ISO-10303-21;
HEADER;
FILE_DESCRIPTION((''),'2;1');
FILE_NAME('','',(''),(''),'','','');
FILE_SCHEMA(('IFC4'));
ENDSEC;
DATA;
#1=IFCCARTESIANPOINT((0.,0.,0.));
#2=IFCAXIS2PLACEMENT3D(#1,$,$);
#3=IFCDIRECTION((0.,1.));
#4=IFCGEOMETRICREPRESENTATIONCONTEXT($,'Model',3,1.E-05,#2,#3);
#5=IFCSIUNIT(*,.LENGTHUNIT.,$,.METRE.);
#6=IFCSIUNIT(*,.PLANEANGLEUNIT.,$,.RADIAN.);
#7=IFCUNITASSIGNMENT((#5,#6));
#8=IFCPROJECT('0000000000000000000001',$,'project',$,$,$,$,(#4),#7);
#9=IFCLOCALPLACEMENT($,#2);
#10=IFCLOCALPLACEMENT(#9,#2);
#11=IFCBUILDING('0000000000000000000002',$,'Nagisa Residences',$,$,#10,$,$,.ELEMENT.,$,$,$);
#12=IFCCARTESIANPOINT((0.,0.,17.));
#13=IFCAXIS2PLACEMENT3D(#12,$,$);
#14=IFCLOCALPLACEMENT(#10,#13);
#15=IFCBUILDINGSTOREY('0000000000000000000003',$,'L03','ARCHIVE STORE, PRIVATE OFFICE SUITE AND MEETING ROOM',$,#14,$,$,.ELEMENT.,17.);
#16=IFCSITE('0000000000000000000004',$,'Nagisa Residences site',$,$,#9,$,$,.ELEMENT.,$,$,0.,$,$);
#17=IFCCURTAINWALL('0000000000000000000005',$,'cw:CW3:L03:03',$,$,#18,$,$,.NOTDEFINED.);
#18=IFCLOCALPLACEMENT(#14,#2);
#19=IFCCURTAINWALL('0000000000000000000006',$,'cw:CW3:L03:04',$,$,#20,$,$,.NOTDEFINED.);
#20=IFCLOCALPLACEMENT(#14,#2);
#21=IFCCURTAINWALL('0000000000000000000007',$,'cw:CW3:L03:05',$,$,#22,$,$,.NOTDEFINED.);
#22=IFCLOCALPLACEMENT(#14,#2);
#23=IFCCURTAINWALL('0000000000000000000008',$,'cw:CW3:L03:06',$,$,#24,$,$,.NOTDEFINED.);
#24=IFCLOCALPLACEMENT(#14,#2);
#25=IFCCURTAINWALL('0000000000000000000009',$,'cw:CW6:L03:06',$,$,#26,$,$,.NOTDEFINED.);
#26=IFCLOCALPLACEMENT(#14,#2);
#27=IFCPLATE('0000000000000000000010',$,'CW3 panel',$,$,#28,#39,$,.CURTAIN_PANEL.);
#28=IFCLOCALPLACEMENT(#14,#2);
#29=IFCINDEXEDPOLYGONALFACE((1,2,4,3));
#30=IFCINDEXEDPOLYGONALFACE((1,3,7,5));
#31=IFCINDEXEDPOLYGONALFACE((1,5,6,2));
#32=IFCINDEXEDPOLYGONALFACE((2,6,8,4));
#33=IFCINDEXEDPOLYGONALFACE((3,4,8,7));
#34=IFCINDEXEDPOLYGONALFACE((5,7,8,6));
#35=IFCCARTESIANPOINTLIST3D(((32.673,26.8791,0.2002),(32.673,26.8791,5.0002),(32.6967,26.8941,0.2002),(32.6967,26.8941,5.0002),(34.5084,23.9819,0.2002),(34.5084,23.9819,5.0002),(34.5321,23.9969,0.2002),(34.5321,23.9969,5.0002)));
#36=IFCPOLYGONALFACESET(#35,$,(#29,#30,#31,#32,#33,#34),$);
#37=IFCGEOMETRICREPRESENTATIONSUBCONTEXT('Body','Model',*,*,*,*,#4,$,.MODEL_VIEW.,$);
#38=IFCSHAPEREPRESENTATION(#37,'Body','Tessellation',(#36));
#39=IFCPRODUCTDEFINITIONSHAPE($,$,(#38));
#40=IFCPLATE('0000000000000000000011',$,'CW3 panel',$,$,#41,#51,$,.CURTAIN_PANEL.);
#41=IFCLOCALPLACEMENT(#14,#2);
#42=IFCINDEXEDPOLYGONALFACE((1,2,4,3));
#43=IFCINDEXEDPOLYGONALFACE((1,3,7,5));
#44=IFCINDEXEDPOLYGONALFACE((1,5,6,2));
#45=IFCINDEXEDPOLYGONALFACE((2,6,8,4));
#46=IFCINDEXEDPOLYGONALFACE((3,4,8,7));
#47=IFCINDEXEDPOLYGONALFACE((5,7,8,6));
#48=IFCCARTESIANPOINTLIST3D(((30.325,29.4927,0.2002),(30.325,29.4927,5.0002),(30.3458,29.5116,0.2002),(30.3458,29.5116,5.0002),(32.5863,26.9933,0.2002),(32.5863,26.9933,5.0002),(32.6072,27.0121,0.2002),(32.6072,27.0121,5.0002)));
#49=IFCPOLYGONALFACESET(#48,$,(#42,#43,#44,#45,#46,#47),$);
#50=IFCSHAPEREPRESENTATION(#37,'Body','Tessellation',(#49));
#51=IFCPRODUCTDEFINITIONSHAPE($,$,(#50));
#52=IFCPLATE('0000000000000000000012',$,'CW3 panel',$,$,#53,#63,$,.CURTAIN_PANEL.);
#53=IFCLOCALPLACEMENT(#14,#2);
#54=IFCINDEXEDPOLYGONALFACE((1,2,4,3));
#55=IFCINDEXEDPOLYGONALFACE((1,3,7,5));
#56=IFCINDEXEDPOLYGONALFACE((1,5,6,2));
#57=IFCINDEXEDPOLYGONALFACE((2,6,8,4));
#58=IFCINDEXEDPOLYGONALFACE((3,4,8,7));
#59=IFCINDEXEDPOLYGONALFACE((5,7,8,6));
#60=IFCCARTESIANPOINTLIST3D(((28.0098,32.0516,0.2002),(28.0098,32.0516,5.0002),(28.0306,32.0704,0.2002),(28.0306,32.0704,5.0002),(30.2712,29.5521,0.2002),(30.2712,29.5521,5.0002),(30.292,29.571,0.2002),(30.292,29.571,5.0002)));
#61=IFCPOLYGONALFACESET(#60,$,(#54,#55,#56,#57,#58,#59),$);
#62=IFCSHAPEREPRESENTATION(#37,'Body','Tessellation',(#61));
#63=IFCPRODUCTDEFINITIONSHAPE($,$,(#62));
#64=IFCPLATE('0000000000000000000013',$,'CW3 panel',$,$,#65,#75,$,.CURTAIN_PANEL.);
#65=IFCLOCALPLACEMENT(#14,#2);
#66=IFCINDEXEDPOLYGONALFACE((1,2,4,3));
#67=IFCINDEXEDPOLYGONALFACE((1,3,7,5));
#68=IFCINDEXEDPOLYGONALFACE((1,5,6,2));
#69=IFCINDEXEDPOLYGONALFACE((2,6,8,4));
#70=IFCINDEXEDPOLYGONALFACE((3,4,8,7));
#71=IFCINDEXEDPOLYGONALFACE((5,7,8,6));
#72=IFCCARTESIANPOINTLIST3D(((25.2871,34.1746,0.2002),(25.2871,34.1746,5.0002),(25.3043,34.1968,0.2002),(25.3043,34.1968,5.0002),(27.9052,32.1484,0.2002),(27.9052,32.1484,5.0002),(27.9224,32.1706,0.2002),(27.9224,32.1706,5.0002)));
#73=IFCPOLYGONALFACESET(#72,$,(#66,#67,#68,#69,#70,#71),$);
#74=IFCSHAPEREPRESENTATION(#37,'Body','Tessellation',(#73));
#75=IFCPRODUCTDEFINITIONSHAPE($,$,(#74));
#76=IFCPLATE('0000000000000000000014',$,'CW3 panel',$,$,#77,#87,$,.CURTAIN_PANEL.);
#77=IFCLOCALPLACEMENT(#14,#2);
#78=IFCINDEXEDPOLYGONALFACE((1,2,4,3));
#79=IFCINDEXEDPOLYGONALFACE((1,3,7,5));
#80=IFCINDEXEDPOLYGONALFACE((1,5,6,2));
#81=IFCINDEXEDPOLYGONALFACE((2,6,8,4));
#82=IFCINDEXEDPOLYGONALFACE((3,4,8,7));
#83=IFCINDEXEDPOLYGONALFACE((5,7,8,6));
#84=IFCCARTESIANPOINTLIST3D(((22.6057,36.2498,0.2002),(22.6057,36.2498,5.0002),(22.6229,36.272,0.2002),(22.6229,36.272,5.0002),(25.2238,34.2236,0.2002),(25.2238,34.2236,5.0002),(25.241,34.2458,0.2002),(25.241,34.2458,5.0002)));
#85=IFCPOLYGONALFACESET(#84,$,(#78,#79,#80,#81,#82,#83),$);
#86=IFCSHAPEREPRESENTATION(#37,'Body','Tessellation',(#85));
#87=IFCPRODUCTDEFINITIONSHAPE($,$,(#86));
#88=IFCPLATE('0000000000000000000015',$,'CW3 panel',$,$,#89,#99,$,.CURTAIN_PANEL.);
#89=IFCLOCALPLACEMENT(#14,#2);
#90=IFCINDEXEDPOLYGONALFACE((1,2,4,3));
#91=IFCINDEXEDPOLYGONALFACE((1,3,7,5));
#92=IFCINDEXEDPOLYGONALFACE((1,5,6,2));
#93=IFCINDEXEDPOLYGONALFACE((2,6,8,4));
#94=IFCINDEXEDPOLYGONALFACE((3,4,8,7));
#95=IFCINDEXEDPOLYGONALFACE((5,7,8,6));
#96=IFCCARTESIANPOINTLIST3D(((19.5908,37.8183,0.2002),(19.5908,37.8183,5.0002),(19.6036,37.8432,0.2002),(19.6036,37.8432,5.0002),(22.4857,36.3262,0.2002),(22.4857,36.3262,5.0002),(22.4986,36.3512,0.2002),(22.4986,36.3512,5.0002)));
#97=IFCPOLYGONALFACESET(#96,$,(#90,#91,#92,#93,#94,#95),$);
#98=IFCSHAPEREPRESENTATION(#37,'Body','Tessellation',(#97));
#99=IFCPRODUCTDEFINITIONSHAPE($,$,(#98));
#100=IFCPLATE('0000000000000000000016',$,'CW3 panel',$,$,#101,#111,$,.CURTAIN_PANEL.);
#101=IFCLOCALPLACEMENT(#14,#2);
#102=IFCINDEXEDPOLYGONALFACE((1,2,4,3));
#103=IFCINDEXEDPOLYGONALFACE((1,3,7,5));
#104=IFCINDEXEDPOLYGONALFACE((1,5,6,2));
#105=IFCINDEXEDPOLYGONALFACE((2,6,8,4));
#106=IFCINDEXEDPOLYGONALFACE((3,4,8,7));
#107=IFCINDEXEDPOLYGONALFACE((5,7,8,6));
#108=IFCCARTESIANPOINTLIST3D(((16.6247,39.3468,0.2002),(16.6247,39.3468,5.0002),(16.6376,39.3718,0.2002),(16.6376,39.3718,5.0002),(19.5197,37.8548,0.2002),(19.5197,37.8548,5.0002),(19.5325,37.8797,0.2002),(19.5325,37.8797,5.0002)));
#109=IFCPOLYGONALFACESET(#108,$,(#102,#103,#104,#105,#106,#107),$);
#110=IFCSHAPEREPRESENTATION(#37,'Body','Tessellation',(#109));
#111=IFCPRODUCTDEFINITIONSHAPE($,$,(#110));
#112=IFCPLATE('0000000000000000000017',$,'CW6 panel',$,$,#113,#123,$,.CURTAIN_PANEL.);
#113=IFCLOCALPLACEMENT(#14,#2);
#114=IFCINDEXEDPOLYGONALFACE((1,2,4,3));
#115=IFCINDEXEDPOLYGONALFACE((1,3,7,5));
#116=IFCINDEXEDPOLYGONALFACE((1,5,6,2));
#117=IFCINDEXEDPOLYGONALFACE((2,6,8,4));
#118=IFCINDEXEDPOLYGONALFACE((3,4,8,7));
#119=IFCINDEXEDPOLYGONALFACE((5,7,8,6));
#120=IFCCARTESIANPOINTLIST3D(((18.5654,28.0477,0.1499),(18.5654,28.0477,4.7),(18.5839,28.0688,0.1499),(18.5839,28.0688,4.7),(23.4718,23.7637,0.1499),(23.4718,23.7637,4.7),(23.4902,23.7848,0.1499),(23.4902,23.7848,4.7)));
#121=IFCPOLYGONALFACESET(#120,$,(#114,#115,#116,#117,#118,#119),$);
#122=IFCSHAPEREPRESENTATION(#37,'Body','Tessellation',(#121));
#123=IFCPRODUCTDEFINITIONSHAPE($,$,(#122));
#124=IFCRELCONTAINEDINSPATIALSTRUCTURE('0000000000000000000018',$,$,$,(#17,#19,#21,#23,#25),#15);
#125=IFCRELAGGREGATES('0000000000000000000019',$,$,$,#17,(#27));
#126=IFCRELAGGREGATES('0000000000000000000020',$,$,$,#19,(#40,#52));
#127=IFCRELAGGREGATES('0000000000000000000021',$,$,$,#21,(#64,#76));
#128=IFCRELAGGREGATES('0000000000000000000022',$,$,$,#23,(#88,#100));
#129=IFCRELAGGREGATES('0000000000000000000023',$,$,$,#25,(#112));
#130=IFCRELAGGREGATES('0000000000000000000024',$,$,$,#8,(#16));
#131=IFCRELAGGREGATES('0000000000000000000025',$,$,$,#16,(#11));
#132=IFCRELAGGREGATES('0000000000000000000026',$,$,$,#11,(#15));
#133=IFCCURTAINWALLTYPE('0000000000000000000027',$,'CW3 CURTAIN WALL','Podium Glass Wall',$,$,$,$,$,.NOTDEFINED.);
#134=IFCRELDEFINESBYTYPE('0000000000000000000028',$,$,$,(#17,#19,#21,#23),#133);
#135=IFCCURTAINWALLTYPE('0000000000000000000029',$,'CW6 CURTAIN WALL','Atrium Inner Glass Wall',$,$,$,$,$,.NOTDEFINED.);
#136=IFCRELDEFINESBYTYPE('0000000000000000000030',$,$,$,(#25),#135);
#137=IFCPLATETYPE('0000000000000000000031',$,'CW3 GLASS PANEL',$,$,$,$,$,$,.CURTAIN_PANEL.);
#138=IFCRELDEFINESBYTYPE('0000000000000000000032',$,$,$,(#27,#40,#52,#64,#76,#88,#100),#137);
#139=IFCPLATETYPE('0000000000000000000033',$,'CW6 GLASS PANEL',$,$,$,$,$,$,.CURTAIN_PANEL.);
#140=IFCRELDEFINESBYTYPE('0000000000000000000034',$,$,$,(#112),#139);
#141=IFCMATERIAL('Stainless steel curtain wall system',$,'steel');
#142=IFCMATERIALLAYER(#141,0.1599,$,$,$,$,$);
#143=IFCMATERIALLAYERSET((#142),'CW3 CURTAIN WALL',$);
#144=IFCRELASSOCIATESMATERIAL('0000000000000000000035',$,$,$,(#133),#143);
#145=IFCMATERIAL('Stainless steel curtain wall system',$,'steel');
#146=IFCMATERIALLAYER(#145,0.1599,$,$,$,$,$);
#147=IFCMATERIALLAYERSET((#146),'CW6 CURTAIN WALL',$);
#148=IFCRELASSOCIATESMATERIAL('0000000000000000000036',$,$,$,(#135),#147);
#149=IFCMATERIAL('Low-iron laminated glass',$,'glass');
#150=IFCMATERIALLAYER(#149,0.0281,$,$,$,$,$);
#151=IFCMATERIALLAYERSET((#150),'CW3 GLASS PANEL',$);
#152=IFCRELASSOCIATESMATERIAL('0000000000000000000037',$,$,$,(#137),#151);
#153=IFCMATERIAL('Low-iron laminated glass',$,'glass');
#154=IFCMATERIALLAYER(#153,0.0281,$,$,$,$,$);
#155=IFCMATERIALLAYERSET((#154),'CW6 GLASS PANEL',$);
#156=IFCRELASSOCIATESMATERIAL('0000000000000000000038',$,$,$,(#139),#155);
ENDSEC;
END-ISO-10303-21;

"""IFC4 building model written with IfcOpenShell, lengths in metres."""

from ifc_helpers import new_model, si_unit, direction, frame, origin, origin_2d, place, context, subcontext, project, spatial, rectangle, extrude, material, layer, layer_set, type_object, element, aggregate, save


model = new_model("IFC4")

# Units and contexts
model_context = context("Model", 3, precision=1e-05, world=origin(), true_north=direction((0.0, 1.0)))
body_context = subcontext(model_context, "Body", "Model", "MODEL_VIEW")
ifc_project = project(units=[si_unit("LENGTHUNIT", "METRE"), si_unit("PLANEANGLEUNIT", "RADIAN")], contexts=[model_context])

# Site, building, storey
site_placement = place(None, origin())
site = spatial("IfcSite", under=ifc_project, at=site_placement, Name="Nagisa Residences site", CompositionType="ELEMENT", RefElevation=0.0)
building_placement = place(site_placement, origin())
building = spatial("IfcBuilding", under=site, at=building_placement, Name="Nagisa Residences", CompositionType="ELEMENT")
storey_placement = place(building_placement, frame((0.0, 0.0, 17.0)))
storey = spatial("IfcBuildingStorey", under=building, at=storey_placement, Name="L03", Description="ARCHIVE STORE, PRIVATE OFFICE SUITE AND MEETING ROOM", CompositionType="ELEMENT", Elevation=17.0)

# Curtain walls
ifc_material_1 = material(Name="Stainless steel curtain wall system", Category="steel")
ifc_layer_1 = layer(ifc_material_1, 0.1599)
ifc_layer_set_1 = layer_set([ifc_layer_1], Name="CW3 CURTAIN WALL")
curtain_wall_type_1 = type_object("IfcCurtainWallType", Name="CW3 CURTAIN WALL", Description="Podium Glass Wall", PredefinedType="NOTDEFINED", material=ifc_layer_set_1)
curtain_wall_1_placement = place(storey_placement, origin())
curtain_wall_1 = element("IfcCurtainWall", 1, at=curtain_wall_1_placement, inside=storey, type_object=curtain_wall_type_1, Name="cw:CW3:L03:03", PredefinedType="NOTDEFINED")
curtain_wall_2_placement = place(storey_placement, origin())
curtain_wall_2 = element("IfcCurtainWall", 2, at=curtain_wall_2_placement, inside=storey, type_object=curtain_wall_type_1, Name="cw:CW3:L03:04", PredefinedType="NOTDEFINED")
curtain_wall_3_placement = place(storey_placement, origin())
curtain_wall_3 = element("IfcCurtainWall", 3, at=curtain_wall_3_placement, inside=storey, type_object=curtain_wall_type_1, Name="cw:CW3:L03:05", PredefinedType="NOTDEFINED")
curtain_wall_4_placement = place(storey_placement, origin())
curtain_wall_4 = element("IfcCurtainWall", 4, at=curtain_wall_4_placement, inside=storey, type_object=curtain_wall_type_1, Name="cw:CW3:L03:06", PredefinedType="NOTDEFINED")

# Curtain wall
ifc_material_2 = material(Name="Stainless steel curtain wall system", Category="steel")
ifc_layer_2 = layer(ifc_material_2, 0.1599)
ifc_layer_set_2 = layer_set([ifc_layer_2], Name="CW6 CURTAIN WALL")
curtain_wall_type_2 = type_object("IfcCurtainWallType", Name="CW6 CURTAIN WALL", Description="Atrium Inner Glass Wall", PredefinedType="NOTDEFINED", material=ifc_layer_set_2)
curtain_wall_5_placement = place(storey_placement, origin())
curtain_wall_5 = element("IfcCurtainWall", 5, at=curtain_wall_5_placement, inside=storey, type_object=curtain_wall_type_2, Name="cw:CW6:L03:06", PredefinedType="NOTDEFINED")

# Plates
ifc_material_3 = material(Name="Low-iron laminated glass", Category="glass")
ifc_layer_3 = layer(ifc_material_3, 0.0281)
ifc_layer_set_3 = layer_set([ifc_layer_3], Name="CW3 GLASS PANEL")
plate_type_1 = type_object("IfcPlateType", Name="CW3 GLASS PANEL", PredefinedType="CURTAIN_PANEL", material=ifc_layer_set_3)
plate_1_placement = place(storey_placement, frame((33.6025, 25.438, 0.2002), z_axis=(0.0, 0.0, 1.0), x_axis=(-0.535165, 0.844747, 0.0)))
plate_1 = element("IfcPlate", 6, at=plate_1_placement, type_object=plate_type_1, Name="CW3 panel", PredefinedType="CURTAIN_PANEL", context=body_context, shape_type="SweptSolid", body=[
    extrude(rectangle(XDim=3.4297, YDim=0.0281, at=origin_2d()), origin(), (0.0, 0.0, 1.0), 4.8),
])
aggregate(curtain_wall_1, [plate_1])
plate_2_placement = place(storey_placement, frame((31.4661, 28.2524, 0.2002), z_axis=(0.0, 0.0, 1.0), x_axis=(-0.670913, 0.741536, 0.0)))
plate_2 = element("IfcPlate", 7, at=plate_2_placement, type_object=plate_type_1, Name="CW3 panel", PredefinedType="CURTAIN_PANEL", context=body_context, shape_type="SweptSolid", body=[
    extrude(rectangle(XDim=3.3706, YDim=0.0281, at=origin_2d()), origin(), (0.0, 0.0, 1.0), 4.8),
])
plate_3_placement = place(storey_placement, frame((29.1509, 30.8113, 0.2002), z_axis=(0.0, 0.0, 1.0), x_axis=(-0.670913, 0.741536, 0.0)))
plate_3 = element("IfcPlate", 8, at=plate_3_placement, type_object=plate_type_1, Name="CW3 panel", PredefinedType="CURTAIN_PANEL", context=body_context, shape_type="SweptSolid", body=[
    extrude(rectangle(XDim=3.3706, YDim=0.0281, at=origin_2d()), origin(), (0.0, 0.0, 1.0), 4.8),
])
aggregate(curtain_wall_2, [plate_2, plate_3])
plate_4_placement = place(storey_placement, frame((26.6047, 33.1726, 0.2002), z_axis=(0.0, 0.0, 1.0), x_axis=(-0.790831, 0.612035, 0.0)))
plate_4 = element("IfcPlate", 9, at=plate_4_placement, type_object=plate_type_1, Name="CW3 panel", PredefinedType="CURTAIN_PANEL", context=body_context, shape_type="SweptSolid", body=[
    extrude(rectangle(XDim=3.3105, YDim=0.0281, at=origin_2d()), origin(), (0.0, 0.0, 1.0), 4.8),
])
plate_5_placement = place(storey_placement, frame((23.9233, 35.2478, 0.2002), z_axis=(0.0, 0.0, 1.0), x_axis=(-0.790831, 0.612035, 0.0)))
plate_5 = element("IfcPlate", 10, at=plate_5_placement, type_object=plate_type_1, Name="CW3 panel", PredefinedType="CURTAIN_PANEL", context=body_context, shape_type="SweptSolid", body=[
    extrude(rectangle(XDim=3.3105, YDim=0.0281, at=origin_2d()), origin(), (0.0, 0.0, 1.0), 4.8),
])
aggregate(curtain_wall_3, [plate_4, plate_5])
plate_6_placement = place(storey_placement, frame((21.0447, 37.0847, 0.2002), z_axis=(0.0, 0.0, 1.0), x_axis=(-0.888887, 0.458126, 0.0)))
plate_6 = element("IfcPlate", 11, at=plate_6_placement, type_object=plate_type_1, Name="CW3 panel", PredefinedType="CURTAIN_PANEL", context=body_context, shape_type="SweptSolid", body=[
    extrude(rectangle(XDim=3.2568, YDim=0.0281, at=origin_2d()), origin(), (0.0, 0.0, 1.0), 4.8),
])
plate_7_placement = place(storey_placement, frame((18.0786, 38.6133, 0.2002), z_axis=(0.0, 0.0, 1.0), x_axis=(-0.888887, 0.458126, 0.0)))
plate_7 = element("IfcPlate", 12, at=plate_7_placement, type_object=plate_type_1, Name="CW3 panel", PredefinedType="CURTAIN_PANEL", context=body_context, shape_type="SweptSolid", body=[
    extrude(rectangle(XDim=3.2568, YDim=0.0281, at=origin_2d()), origin(), (0.0, 0.0, 1.0), 4.8),
])
aggregate(curtain_wall_4, [plate_6, plate_7])
ifc_material_4 = material(Name="Low-iron laminated glass", Category="glass")
ifc_layer_4 = layer(ifc_material_4, 0.0281)
ifc_layer_set_4 = layer_set([ifc_layer_4], Name="CW6 GLASS PANEL")
plate_type_2 = type_object("IfcPlateType", Name="CW6 GLASS PANEL", PredefinedType="CURTAIN_PANEL", material=ifc_layer_set_4)
plate_8_placement = place(storey_placement, frame((21.0278, 25.9163, 0.1499), z_axis=(0.0, 0.0, 1.0), x_axis=(-0.753261, 0.657721, 0.0)))
plate_8 = element("IfcPlate", 13, at=plate_8_placement, type_object=plate_type_2, Name="CW6 panel", PredefinedType="CURTAIN_PANEL", context=body_context, shape_type="SweptSolid", body=[
    extrude(rectangle(XDim=6.5134, YDim=0.0281, at=origin_2d()), origin(), (0.0, 0.0, 1.0), 4.55),
])
aggregate(curtain_wall_5, [plate_8])

save(model, "model.ifc")
